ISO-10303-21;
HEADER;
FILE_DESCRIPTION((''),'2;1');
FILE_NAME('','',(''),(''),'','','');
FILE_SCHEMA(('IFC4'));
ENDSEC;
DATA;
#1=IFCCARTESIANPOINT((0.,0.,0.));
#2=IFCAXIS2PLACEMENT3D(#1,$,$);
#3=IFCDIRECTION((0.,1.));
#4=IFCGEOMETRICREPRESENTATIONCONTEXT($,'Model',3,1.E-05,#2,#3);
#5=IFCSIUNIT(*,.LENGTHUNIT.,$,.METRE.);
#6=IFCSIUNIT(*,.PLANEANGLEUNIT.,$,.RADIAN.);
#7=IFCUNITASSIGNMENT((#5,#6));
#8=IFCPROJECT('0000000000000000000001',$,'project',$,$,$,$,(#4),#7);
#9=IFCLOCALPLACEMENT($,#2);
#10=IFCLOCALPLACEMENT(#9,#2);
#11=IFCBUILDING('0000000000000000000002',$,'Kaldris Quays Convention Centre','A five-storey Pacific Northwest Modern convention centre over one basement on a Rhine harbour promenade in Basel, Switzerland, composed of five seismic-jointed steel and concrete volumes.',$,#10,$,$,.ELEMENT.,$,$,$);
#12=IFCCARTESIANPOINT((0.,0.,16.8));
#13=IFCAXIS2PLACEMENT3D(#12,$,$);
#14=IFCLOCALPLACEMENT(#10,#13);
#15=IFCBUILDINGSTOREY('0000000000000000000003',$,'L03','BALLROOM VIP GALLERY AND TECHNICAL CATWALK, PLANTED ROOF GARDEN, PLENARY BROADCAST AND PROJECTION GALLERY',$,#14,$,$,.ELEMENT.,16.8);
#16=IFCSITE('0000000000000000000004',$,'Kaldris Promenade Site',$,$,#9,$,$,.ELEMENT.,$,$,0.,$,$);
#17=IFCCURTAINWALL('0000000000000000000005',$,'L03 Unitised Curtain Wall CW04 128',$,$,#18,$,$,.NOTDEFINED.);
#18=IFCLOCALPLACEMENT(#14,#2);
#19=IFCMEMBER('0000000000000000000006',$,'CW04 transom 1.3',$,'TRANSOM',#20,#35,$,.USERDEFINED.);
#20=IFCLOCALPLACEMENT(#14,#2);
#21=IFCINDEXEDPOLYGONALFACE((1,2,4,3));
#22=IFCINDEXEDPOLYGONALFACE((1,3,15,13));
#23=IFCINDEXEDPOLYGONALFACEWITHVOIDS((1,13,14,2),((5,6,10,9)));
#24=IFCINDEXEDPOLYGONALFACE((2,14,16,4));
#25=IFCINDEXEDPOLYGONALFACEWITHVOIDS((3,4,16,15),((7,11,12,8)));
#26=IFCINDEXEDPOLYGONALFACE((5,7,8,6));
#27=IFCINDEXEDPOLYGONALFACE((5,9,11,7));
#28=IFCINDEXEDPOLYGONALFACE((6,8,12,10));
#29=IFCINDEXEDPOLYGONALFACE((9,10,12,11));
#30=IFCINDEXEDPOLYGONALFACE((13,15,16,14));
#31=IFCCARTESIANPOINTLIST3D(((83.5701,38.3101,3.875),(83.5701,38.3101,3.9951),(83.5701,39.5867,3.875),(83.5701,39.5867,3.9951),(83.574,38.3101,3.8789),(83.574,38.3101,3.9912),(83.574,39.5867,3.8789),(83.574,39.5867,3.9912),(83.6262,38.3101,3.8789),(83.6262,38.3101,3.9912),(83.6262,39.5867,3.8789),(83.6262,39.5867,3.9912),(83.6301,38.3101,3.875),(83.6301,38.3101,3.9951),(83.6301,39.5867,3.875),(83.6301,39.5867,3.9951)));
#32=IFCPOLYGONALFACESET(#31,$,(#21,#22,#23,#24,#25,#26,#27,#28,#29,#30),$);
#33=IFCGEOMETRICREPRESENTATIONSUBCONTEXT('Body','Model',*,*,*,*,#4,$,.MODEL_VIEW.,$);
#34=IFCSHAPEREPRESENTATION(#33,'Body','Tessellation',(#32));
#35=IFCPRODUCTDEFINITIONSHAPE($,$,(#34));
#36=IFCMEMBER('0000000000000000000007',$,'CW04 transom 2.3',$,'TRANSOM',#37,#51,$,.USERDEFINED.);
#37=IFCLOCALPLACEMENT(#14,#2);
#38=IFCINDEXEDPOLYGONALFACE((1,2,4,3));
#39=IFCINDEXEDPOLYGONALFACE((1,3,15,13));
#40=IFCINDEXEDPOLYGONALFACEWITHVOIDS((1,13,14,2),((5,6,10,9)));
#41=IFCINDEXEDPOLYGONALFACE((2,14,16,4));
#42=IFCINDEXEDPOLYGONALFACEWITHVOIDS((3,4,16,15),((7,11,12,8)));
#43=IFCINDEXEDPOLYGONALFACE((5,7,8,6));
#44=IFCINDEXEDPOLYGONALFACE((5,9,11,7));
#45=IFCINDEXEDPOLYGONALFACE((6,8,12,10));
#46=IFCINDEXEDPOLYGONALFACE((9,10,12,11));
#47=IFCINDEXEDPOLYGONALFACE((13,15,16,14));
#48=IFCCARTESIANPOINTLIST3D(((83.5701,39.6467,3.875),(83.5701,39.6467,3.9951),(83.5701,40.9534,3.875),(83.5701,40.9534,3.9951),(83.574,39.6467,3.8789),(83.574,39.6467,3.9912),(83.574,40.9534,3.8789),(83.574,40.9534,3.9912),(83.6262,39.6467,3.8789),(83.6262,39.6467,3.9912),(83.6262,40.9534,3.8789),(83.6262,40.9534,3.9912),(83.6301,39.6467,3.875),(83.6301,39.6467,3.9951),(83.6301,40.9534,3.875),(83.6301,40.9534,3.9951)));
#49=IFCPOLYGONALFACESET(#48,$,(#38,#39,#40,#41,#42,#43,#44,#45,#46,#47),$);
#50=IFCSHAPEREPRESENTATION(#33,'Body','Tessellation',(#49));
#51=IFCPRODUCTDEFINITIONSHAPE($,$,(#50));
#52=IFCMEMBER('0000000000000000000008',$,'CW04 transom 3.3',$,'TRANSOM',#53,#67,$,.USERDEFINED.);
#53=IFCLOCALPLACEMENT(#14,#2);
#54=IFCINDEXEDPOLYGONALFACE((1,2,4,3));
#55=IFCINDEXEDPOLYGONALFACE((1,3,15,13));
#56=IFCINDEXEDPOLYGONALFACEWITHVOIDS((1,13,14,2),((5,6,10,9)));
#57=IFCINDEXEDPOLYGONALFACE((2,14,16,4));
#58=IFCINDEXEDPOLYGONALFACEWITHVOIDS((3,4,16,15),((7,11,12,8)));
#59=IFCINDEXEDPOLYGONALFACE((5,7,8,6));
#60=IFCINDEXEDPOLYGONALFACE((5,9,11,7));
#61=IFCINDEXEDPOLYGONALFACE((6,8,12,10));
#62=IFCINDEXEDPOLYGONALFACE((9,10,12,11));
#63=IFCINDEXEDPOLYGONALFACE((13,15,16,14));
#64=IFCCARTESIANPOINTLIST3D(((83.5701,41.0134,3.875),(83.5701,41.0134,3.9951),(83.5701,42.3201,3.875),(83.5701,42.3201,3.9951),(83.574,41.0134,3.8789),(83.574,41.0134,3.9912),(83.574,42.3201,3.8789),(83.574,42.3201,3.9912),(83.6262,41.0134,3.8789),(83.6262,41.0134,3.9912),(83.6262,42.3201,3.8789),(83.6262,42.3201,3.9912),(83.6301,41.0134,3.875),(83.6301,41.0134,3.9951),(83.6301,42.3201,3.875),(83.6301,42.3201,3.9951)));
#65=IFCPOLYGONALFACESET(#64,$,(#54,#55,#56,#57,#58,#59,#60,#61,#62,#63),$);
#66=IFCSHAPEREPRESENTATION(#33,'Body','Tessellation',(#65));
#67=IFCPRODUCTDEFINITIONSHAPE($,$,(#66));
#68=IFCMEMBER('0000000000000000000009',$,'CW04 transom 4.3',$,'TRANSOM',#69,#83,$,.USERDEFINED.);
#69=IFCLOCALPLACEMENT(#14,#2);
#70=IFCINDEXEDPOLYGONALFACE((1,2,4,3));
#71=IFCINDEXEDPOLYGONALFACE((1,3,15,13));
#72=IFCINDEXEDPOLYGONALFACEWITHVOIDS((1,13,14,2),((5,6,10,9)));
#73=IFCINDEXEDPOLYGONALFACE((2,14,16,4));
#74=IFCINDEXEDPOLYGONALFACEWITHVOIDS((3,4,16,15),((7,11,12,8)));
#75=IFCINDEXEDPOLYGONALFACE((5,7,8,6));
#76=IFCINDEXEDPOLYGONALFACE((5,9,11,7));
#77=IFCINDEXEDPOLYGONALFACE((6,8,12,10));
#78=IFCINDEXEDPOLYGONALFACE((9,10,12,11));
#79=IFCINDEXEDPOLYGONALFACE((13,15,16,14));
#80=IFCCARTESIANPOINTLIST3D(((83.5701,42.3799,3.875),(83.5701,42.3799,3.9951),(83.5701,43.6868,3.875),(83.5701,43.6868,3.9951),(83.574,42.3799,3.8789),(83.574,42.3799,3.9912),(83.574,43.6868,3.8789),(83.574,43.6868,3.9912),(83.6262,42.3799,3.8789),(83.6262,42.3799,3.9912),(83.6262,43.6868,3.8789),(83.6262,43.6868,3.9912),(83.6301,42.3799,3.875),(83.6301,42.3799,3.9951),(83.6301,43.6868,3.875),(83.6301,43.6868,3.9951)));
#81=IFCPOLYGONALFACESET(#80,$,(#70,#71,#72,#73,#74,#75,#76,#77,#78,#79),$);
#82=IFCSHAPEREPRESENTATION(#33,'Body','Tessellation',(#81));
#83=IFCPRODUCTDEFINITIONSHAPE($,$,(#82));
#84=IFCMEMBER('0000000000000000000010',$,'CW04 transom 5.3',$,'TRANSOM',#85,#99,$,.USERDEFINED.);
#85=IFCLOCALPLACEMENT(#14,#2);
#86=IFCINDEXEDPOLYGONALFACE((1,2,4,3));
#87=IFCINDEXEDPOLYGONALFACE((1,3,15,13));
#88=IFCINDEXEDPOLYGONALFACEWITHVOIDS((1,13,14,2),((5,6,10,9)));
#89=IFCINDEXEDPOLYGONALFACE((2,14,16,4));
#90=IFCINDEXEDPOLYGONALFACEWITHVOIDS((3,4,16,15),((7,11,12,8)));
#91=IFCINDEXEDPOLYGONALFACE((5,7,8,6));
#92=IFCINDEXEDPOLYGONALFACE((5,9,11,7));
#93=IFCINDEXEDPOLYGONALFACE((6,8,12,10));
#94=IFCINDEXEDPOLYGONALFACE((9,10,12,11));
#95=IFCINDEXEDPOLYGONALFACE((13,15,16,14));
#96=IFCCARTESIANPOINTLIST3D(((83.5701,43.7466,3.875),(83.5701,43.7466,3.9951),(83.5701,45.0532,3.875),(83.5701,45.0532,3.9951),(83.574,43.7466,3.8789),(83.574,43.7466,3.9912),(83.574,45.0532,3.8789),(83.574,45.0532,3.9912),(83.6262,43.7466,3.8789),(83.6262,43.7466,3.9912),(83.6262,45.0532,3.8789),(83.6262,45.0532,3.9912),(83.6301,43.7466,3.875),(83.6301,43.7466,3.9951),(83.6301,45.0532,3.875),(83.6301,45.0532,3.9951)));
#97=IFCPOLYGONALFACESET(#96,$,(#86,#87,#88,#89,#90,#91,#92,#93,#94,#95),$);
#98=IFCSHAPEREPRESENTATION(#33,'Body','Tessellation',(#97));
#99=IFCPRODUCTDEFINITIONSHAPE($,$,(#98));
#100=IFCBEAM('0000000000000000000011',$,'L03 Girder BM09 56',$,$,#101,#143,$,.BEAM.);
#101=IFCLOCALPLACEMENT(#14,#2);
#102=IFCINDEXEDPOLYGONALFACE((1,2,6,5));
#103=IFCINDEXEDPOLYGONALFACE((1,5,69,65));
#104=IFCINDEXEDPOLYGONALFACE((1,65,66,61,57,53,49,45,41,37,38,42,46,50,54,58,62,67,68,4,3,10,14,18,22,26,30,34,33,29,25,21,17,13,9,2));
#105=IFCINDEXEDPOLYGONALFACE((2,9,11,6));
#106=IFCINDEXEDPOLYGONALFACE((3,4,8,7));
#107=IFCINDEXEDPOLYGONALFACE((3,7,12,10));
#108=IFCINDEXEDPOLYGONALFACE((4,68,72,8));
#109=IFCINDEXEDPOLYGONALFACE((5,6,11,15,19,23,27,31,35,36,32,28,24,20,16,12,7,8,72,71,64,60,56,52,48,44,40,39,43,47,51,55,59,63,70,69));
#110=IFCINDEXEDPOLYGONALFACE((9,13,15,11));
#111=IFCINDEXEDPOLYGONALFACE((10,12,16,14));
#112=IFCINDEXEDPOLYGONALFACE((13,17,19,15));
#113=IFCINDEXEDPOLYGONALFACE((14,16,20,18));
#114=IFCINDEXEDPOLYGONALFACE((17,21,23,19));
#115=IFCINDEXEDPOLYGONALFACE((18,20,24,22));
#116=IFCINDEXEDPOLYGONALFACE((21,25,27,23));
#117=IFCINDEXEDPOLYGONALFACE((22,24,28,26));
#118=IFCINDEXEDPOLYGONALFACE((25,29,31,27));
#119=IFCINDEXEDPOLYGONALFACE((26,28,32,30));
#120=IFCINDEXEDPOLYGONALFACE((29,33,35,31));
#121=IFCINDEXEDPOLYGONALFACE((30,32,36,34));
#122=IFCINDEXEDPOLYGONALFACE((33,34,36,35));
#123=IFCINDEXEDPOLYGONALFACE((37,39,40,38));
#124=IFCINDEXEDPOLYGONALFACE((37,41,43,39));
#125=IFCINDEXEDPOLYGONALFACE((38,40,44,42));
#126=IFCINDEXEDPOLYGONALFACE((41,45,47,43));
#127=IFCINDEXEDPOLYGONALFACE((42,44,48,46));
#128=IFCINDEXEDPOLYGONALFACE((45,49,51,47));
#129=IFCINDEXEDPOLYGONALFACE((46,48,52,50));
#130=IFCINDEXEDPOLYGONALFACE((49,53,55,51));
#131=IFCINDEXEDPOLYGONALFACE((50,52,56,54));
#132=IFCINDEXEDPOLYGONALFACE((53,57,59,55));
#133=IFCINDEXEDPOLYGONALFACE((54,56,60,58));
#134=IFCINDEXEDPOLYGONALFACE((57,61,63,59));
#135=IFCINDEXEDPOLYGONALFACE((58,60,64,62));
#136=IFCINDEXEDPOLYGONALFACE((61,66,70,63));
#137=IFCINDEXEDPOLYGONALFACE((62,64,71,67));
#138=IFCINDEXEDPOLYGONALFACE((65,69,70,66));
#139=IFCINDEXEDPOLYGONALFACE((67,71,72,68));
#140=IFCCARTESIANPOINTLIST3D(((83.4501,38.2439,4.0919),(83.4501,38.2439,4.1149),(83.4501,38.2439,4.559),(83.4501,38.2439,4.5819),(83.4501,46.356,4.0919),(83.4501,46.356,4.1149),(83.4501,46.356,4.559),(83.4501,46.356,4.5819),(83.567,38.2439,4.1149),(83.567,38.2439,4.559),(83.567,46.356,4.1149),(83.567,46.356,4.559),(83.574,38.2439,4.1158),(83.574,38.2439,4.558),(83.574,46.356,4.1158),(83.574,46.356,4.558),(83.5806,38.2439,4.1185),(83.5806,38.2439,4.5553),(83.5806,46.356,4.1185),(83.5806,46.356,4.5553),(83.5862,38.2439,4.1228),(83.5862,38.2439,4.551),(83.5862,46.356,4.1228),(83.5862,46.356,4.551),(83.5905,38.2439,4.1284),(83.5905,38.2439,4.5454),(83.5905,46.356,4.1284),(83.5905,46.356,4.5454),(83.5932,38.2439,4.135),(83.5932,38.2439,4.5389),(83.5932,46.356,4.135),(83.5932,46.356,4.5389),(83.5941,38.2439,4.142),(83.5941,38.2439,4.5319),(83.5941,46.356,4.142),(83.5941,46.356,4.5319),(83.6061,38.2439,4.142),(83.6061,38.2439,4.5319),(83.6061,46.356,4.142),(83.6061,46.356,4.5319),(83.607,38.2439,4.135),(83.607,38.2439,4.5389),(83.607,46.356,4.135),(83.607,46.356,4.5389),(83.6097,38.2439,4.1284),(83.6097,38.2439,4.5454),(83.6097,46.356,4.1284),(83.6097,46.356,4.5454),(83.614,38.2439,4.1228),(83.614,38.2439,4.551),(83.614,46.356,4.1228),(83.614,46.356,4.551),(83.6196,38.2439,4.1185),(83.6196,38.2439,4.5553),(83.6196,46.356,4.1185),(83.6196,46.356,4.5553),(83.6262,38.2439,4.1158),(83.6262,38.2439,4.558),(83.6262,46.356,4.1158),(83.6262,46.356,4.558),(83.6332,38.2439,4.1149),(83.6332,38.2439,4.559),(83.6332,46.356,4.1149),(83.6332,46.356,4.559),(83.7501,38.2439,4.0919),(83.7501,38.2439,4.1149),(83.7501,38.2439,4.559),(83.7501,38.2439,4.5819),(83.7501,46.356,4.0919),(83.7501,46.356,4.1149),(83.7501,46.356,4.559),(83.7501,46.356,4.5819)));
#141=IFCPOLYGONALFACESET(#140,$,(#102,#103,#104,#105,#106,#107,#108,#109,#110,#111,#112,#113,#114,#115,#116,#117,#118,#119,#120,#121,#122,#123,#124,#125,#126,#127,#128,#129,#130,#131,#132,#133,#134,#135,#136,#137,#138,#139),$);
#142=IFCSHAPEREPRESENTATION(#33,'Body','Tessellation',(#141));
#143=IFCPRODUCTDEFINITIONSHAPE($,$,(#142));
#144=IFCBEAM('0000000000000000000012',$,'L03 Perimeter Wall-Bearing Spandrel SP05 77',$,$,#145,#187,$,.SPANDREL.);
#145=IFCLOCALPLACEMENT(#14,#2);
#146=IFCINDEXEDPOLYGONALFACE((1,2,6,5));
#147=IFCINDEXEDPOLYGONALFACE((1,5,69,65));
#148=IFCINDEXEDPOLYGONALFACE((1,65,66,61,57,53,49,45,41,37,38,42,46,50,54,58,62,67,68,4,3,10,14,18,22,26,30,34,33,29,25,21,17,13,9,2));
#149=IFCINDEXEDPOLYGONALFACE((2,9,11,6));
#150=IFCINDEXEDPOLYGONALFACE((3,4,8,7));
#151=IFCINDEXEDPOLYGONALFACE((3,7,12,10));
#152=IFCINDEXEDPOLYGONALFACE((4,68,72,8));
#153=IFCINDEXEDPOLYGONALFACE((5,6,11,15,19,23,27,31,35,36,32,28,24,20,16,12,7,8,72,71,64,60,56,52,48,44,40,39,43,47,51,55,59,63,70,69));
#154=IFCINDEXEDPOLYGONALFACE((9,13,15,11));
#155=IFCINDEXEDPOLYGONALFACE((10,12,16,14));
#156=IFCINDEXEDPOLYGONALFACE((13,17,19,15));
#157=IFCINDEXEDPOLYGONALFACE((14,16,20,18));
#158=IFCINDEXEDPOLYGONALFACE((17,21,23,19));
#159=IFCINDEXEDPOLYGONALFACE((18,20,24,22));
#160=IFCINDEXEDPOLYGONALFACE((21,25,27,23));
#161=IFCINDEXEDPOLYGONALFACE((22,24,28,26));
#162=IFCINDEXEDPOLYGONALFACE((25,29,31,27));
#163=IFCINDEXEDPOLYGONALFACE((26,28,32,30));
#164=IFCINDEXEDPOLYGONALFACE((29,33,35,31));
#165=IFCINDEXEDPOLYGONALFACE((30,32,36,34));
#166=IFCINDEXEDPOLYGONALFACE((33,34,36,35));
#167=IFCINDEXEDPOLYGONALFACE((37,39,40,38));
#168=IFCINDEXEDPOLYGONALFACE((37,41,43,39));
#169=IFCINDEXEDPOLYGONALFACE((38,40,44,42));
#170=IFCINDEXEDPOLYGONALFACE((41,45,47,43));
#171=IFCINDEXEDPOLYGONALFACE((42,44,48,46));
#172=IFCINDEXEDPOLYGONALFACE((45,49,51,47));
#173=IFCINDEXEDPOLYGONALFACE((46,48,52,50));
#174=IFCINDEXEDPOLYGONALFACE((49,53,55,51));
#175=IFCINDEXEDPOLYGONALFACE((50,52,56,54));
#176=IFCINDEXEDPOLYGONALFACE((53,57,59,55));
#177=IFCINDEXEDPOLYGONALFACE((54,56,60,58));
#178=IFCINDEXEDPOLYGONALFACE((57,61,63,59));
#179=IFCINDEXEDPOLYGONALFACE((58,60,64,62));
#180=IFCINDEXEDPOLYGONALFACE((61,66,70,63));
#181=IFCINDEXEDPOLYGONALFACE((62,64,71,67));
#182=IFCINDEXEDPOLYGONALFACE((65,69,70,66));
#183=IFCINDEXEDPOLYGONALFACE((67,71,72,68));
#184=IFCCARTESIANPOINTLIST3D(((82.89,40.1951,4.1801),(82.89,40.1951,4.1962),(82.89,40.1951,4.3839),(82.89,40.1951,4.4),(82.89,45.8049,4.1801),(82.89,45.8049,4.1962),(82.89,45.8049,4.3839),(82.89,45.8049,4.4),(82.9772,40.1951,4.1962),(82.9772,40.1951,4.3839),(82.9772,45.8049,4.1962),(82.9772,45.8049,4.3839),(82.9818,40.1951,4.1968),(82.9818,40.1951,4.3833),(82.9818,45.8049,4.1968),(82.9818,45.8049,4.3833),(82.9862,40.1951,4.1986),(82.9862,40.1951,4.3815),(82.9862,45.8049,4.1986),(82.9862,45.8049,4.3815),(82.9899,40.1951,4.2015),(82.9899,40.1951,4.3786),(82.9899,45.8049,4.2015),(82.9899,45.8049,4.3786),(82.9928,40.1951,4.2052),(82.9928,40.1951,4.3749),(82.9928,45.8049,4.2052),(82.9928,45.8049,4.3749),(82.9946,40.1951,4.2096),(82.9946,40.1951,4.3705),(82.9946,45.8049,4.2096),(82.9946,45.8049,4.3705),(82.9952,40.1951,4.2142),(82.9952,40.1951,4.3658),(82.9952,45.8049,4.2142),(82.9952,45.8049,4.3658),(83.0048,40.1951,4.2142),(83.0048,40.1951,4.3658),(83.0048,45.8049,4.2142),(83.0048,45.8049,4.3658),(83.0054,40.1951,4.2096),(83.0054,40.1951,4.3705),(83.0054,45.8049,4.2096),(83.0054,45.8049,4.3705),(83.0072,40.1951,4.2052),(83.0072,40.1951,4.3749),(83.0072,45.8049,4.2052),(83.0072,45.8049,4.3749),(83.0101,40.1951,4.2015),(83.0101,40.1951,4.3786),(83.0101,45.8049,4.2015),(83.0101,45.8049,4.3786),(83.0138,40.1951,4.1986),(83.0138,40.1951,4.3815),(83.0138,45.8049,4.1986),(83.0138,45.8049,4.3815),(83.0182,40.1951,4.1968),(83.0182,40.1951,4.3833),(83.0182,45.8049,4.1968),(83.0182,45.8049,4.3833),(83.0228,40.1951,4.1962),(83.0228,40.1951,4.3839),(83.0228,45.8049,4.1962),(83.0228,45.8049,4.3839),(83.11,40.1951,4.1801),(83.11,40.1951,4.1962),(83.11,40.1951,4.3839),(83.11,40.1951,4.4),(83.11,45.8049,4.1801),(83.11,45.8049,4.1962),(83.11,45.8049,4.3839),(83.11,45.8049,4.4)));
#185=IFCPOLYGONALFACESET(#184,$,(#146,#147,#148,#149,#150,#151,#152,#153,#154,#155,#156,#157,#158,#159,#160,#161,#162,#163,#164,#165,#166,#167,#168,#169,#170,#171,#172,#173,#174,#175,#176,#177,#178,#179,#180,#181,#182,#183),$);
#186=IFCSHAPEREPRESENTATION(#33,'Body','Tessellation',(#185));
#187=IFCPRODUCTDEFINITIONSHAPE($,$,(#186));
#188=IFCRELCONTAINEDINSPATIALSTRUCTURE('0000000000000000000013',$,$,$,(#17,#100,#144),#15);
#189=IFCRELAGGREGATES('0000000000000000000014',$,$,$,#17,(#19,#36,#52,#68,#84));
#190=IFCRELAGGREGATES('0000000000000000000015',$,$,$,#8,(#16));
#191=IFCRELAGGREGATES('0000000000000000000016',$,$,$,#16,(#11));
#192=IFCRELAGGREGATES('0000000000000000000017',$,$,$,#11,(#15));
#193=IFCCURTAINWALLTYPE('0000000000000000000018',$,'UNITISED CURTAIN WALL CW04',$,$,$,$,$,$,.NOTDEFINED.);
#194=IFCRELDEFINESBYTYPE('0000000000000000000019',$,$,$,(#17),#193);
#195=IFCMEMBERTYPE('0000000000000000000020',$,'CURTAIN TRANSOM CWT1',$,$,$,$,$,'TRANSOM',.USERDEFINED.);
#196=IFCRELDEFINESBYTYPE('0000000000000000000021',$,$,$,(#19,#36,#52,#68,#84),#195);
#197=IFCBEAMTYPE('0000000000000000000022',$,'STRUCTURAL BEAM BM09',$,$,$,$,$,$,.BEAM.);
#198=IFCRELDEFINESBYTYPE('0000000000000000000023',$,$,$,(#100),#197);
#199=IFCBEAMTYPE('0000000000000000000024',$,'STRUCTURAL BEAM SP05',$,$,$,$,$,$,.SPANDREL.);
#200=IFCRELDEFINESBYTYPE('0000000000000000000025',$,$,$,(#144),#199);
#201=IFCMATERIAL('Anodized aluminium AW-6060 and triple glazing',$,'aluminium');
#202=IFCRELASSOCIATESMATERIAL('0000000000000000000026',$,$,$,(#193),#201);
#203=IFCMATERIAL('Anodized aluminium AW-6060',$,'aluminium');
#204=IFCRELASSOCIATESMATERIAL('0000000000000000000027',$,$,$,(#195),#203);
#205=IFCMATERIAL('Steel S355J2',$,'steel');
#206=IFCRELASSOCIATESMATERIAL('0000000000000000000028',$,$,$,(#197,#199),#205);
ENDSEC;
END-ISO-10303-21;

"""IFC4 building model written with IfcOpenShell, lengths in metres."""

from ifc_helpers import new_model, si_unit, direction, frame, origin, origin_2d, place, context, subcontext, project, spatial, hollow_rectangle, i_section, extrude, material, material_profile, profile_set, type_object, element, aggregate, save


model = new_model("IFC4")

# Units and contexts
model_context = context("Model", 3, precision=1e-05, world=origin(), true_north=direction((0.0, 1.0)))
body_context = subcontext(model_context, "Body", "Model", "MODEL_VIEW")
ifc_project = project(units=[si_unit("LENGTHUNIT", "METRE"), si_unit("PLANEANGLEUNIT", "RADIAN")], contexts=[model_context])

# Site, building, storey
site_placement = place(None, origin())
site = spatial("IfcSite", under=ifc_project, at=site_placement, Name="Kaldris Promenade Site", CompositionType="ELEMENT", RefElevation=0.0)
building_placement = place(site_placement, origin())
building = spatial("IfcBuilding", under=site, at=building_placement, Name="Kaldris Quays Convention Centre", Description="A five-storey Pacific Northwest Modern convention centre over one basement on a Rhine harbour promenade in Basel, Switzerland, composed of five seismic-jointed steel and concrete volumes.", CompositionType="ELEMENT")
storey_placement = place(building_placement, frame((0.0, 0.0, 16.8)))
storey = spatial("IfcBuildingStorey", under=building, at=storey_placement, Name="L03", Description="BALLROOM VIP GALLERY AND TECHNICAL CATWALK, PLANTED ROOF GARDEN, PLENARY BROADCAST AND PROJECTION GALLERY", CompositionType="ELEMENT", Elevation=16.8)

# Curtain wall, members
ifc_material_1 = material(Name="Anodized aluminium AW-6060 and triple glazing", Category="aluminium")
curtain_wall_type = type_object("IfcCurtainWallType", Name="UNITISED CURTAIN WALL CW04", PredefinedType="NOTDEFINED", material=ifc_material_1)
curtain_wall_placement = place(storey_placement, origin())
curtain_wall = element("IfcCurtainWall", 1, at=curtain_wall_placement, inside=storey, type_object=curtain_wall_type, Name="L03 Unitised Curtain Wall CW04 128", PredefinedType="NOTDEFINED")
ifc_material_2 = material(Name="Anodized aluminium AW-6060", Category="aluminium")
ifc_material_profile_1 = material_profile(ifc_material_2, hollow_rectangle(XDim=0.0601, YDim=0.1201, WallThickness=0.0039, at=origin_2d()), Name="RHS 120x60x4")
ifc_profile_set_1 = profile_set([ifc_material_profile_1], Name="Anodized aluminium AW-6060")
member_type_1 = type_object("IfcMemberType", Name="CURTAIN TRANSOM CWT1", ElementType="TRANSOM", PredefinedType="USERDEFINED", material=ifc_profile_set_1)
member_1_placement = place(storey_placement, frame((83.6001, 38.3101, 3.9351), z_axis=(0.0, 1.0, 0.0), x_axis=(-1.0, 0.0, 0.0)))
member_1 = element("IfcMember", 2, at=member_1_placement, type_object=member_type_1, Name="CW04 transom 1.3", ObjectType="TRANSOM", PredefinedType="USERDEFINED", context=body_context, shape_type="SweptSolid", body=[
    extrude(hollow_rectangle(XDim=0.0601, YDim=0.1201, WallThickness=0.0039, at=origin_2d()), origin(), (0.0, 0.0, 1.0), 1.2766),
])
member_2_placement = place(storey_placement, frame((83.6001, 39.6467, 3.9351), z_axis=(0.0, 1.0, 0.0), x_axis=(-1.0, 0.0, 0.0)))
member_2 = element("IfcMember", 3, at=member_2_placement, type_object=member_type_1, Name="CW04 transom 2.3", ObjectType="TRANSOM", PredefinedType="USERDEFINED", context=body_context, shape_type="SweptSolid", body=[
    extrude(hollow_rectangle(XDim=0.0601, YDim=0.1201, WallThickness=0.0039, at=origin_2d()), origin(), (0.0, 0.0, 1.0), 1.3066),
])
member_3_placement = place(storey_placement, frame((83.6001, 41.0134, 3.9351), z_axis=(0.0, 1.0, 0.0), x_axis=(-1.0, 0.0, 0.0)))
member_3 = element("IfcMember", 4, at=member_3_placement, type_object=member_type_1, Name="CW04 transom 3.3", ObjectType="TRANSOM", PredefinedType="USERDEFINED", context=body_context, shape_type="SweptSolid", body=[
    extrude(hollow_rectangle(XDim=0.0601, YDim=0.1201, WallThickness=0.0039, at=origin_2d()), origin(), (0.0, 0.0, 1.0), 1.3066),
])
member_4_placement = place(storey_placement, frame((83.6001, 42.3799, 3.9351), z_axis=(0.0, 1.0, 0.0), x_axis=(-1.0, 0.0, 0.0)))
member_4 = element("IfcMember", 5, at=member_4_placement, type_object=member_type_1, Name="CW04 transom 4.3", ObjectType="TRANSOM", PredefinedType="USERDEFINED", context=body_context, shape_type="SweptSolid", body=[
    extrude(hollow_rectangle(XDim=0.0601, YDim=0.1201, WallThickness=0.0039, at=origin_2d()), origin(), (0.0, 0.0, 1.0), 1.3069),
])
member_5_placement = place(storey_placement, frame((83.6001, 43.7466, 3.9351), z_axis=(0.0, 1.0, 0.0), x_axis=(-1.0, 0.0, 0.0)))
member_5 = element("IfcMember", 6, at=member_5_placement, type_object=member_type_1, Name="CW04 transom 5.3", ObjectType="TRANSOM", PredefinedType="USERDEFINED", context=body_context, shape_type="SweptSolid", body=[
    extrude(hollow_rectangle(XDim=0.0601, YDim=0.1201, WallThickness=0.0039, at=origin_2d()), origin(), (0.0, 0.0, 1.0), 1.3066),
])

# Beams
ifc_material_3 = material(Name="Steel S355J2", Category="steel")
ifc_material_profile_2 = material_profile(ifc_material_3, i_section(OverallWidth=0.3, OverallDepth=0.49, WebThickness=0.012, FlangeThickness=0.0229, FilletRadius=0.0271, at=origin_2d()), Name="HEA 500")
ifc_profile_set_2 = profile_set([ifc_material_profile_2], Name="Steel S355J2")
beam_type_1 = type_object("IfcBeamType", Name="STRUCTURAL BEAM BM09", PredefinedType="BEAM", material=ifc_profile_set_2)
beam_1_placement = place(storey_placement, frame((83.6001, 38.2439, 4.3369), z_axis=(0.0, 1.0, 0.0), x_axis=(-1.0, 0.0, 0.0)))
element("IfcBeam", 7, at=beam_1_placement, inside=storey, type_object=beam_type_1, Name="L03 Girder BM09 56", PredefinedType="BEAM", context=body_context, shape_type="SweptSolid", body=[
    extrude(i_section(OverallWidth=0.3, OverallDepth=0.49, WebThickness=0.012, FlangeThickness=0.0229, FilletRadius=0.0271, at=origin_2d()), origin(), (0.0, 0.0, 1.0), 8.1121),
])
ifc_material_profile_3 = material_profile(ifc_material_3, i_section(OverallWidth=0.22, OverallDepth=0.22, WebThickness=0.0095, FlangeThickness=0.0161, FilletRadius=0.0181, at=origin_2d()), Name="HEB 220")
ifc_profile_set_3 = profile_set([ifc_material_profile_3], Name="Steel S355J2")
beam_type_2 = type_object("IfcBeamType", Name="STRUCTURAL BEAM SP05", PredefinedType="SPANDREL", material=ifc_profile_set_3)
beam_2_placement = place(storey_placement, frame((83.0, 40.1951, 4.29), z_axis=(0.0, 1.0, 0.0), x_axis=(-1.0, 0.0, 0.0)))
element("IfcBeam", 8, at=beam_2_placement, inside=storey, type_object=beam_type_2, Name="L03 Perimeter Wall-Bearing Spandrel SP05 77", PredefinedType="SPANDREL", context=body_context, shape_type="SweptSolid", body=[
    extrude(i_section(OverallWidth=0.22, OverallDepth=0.22, WebThickness=0.0095, FlangeThickness=0.0161, FilletRadius=0.0181, at=origin_2d()), origin(), (0.0, 0.0, 1.0), 5.6099),
])

aggregate(curtain_wall, [member_1, member_2, member_3, member_4, member_5])

save(model, "model.ifc")
